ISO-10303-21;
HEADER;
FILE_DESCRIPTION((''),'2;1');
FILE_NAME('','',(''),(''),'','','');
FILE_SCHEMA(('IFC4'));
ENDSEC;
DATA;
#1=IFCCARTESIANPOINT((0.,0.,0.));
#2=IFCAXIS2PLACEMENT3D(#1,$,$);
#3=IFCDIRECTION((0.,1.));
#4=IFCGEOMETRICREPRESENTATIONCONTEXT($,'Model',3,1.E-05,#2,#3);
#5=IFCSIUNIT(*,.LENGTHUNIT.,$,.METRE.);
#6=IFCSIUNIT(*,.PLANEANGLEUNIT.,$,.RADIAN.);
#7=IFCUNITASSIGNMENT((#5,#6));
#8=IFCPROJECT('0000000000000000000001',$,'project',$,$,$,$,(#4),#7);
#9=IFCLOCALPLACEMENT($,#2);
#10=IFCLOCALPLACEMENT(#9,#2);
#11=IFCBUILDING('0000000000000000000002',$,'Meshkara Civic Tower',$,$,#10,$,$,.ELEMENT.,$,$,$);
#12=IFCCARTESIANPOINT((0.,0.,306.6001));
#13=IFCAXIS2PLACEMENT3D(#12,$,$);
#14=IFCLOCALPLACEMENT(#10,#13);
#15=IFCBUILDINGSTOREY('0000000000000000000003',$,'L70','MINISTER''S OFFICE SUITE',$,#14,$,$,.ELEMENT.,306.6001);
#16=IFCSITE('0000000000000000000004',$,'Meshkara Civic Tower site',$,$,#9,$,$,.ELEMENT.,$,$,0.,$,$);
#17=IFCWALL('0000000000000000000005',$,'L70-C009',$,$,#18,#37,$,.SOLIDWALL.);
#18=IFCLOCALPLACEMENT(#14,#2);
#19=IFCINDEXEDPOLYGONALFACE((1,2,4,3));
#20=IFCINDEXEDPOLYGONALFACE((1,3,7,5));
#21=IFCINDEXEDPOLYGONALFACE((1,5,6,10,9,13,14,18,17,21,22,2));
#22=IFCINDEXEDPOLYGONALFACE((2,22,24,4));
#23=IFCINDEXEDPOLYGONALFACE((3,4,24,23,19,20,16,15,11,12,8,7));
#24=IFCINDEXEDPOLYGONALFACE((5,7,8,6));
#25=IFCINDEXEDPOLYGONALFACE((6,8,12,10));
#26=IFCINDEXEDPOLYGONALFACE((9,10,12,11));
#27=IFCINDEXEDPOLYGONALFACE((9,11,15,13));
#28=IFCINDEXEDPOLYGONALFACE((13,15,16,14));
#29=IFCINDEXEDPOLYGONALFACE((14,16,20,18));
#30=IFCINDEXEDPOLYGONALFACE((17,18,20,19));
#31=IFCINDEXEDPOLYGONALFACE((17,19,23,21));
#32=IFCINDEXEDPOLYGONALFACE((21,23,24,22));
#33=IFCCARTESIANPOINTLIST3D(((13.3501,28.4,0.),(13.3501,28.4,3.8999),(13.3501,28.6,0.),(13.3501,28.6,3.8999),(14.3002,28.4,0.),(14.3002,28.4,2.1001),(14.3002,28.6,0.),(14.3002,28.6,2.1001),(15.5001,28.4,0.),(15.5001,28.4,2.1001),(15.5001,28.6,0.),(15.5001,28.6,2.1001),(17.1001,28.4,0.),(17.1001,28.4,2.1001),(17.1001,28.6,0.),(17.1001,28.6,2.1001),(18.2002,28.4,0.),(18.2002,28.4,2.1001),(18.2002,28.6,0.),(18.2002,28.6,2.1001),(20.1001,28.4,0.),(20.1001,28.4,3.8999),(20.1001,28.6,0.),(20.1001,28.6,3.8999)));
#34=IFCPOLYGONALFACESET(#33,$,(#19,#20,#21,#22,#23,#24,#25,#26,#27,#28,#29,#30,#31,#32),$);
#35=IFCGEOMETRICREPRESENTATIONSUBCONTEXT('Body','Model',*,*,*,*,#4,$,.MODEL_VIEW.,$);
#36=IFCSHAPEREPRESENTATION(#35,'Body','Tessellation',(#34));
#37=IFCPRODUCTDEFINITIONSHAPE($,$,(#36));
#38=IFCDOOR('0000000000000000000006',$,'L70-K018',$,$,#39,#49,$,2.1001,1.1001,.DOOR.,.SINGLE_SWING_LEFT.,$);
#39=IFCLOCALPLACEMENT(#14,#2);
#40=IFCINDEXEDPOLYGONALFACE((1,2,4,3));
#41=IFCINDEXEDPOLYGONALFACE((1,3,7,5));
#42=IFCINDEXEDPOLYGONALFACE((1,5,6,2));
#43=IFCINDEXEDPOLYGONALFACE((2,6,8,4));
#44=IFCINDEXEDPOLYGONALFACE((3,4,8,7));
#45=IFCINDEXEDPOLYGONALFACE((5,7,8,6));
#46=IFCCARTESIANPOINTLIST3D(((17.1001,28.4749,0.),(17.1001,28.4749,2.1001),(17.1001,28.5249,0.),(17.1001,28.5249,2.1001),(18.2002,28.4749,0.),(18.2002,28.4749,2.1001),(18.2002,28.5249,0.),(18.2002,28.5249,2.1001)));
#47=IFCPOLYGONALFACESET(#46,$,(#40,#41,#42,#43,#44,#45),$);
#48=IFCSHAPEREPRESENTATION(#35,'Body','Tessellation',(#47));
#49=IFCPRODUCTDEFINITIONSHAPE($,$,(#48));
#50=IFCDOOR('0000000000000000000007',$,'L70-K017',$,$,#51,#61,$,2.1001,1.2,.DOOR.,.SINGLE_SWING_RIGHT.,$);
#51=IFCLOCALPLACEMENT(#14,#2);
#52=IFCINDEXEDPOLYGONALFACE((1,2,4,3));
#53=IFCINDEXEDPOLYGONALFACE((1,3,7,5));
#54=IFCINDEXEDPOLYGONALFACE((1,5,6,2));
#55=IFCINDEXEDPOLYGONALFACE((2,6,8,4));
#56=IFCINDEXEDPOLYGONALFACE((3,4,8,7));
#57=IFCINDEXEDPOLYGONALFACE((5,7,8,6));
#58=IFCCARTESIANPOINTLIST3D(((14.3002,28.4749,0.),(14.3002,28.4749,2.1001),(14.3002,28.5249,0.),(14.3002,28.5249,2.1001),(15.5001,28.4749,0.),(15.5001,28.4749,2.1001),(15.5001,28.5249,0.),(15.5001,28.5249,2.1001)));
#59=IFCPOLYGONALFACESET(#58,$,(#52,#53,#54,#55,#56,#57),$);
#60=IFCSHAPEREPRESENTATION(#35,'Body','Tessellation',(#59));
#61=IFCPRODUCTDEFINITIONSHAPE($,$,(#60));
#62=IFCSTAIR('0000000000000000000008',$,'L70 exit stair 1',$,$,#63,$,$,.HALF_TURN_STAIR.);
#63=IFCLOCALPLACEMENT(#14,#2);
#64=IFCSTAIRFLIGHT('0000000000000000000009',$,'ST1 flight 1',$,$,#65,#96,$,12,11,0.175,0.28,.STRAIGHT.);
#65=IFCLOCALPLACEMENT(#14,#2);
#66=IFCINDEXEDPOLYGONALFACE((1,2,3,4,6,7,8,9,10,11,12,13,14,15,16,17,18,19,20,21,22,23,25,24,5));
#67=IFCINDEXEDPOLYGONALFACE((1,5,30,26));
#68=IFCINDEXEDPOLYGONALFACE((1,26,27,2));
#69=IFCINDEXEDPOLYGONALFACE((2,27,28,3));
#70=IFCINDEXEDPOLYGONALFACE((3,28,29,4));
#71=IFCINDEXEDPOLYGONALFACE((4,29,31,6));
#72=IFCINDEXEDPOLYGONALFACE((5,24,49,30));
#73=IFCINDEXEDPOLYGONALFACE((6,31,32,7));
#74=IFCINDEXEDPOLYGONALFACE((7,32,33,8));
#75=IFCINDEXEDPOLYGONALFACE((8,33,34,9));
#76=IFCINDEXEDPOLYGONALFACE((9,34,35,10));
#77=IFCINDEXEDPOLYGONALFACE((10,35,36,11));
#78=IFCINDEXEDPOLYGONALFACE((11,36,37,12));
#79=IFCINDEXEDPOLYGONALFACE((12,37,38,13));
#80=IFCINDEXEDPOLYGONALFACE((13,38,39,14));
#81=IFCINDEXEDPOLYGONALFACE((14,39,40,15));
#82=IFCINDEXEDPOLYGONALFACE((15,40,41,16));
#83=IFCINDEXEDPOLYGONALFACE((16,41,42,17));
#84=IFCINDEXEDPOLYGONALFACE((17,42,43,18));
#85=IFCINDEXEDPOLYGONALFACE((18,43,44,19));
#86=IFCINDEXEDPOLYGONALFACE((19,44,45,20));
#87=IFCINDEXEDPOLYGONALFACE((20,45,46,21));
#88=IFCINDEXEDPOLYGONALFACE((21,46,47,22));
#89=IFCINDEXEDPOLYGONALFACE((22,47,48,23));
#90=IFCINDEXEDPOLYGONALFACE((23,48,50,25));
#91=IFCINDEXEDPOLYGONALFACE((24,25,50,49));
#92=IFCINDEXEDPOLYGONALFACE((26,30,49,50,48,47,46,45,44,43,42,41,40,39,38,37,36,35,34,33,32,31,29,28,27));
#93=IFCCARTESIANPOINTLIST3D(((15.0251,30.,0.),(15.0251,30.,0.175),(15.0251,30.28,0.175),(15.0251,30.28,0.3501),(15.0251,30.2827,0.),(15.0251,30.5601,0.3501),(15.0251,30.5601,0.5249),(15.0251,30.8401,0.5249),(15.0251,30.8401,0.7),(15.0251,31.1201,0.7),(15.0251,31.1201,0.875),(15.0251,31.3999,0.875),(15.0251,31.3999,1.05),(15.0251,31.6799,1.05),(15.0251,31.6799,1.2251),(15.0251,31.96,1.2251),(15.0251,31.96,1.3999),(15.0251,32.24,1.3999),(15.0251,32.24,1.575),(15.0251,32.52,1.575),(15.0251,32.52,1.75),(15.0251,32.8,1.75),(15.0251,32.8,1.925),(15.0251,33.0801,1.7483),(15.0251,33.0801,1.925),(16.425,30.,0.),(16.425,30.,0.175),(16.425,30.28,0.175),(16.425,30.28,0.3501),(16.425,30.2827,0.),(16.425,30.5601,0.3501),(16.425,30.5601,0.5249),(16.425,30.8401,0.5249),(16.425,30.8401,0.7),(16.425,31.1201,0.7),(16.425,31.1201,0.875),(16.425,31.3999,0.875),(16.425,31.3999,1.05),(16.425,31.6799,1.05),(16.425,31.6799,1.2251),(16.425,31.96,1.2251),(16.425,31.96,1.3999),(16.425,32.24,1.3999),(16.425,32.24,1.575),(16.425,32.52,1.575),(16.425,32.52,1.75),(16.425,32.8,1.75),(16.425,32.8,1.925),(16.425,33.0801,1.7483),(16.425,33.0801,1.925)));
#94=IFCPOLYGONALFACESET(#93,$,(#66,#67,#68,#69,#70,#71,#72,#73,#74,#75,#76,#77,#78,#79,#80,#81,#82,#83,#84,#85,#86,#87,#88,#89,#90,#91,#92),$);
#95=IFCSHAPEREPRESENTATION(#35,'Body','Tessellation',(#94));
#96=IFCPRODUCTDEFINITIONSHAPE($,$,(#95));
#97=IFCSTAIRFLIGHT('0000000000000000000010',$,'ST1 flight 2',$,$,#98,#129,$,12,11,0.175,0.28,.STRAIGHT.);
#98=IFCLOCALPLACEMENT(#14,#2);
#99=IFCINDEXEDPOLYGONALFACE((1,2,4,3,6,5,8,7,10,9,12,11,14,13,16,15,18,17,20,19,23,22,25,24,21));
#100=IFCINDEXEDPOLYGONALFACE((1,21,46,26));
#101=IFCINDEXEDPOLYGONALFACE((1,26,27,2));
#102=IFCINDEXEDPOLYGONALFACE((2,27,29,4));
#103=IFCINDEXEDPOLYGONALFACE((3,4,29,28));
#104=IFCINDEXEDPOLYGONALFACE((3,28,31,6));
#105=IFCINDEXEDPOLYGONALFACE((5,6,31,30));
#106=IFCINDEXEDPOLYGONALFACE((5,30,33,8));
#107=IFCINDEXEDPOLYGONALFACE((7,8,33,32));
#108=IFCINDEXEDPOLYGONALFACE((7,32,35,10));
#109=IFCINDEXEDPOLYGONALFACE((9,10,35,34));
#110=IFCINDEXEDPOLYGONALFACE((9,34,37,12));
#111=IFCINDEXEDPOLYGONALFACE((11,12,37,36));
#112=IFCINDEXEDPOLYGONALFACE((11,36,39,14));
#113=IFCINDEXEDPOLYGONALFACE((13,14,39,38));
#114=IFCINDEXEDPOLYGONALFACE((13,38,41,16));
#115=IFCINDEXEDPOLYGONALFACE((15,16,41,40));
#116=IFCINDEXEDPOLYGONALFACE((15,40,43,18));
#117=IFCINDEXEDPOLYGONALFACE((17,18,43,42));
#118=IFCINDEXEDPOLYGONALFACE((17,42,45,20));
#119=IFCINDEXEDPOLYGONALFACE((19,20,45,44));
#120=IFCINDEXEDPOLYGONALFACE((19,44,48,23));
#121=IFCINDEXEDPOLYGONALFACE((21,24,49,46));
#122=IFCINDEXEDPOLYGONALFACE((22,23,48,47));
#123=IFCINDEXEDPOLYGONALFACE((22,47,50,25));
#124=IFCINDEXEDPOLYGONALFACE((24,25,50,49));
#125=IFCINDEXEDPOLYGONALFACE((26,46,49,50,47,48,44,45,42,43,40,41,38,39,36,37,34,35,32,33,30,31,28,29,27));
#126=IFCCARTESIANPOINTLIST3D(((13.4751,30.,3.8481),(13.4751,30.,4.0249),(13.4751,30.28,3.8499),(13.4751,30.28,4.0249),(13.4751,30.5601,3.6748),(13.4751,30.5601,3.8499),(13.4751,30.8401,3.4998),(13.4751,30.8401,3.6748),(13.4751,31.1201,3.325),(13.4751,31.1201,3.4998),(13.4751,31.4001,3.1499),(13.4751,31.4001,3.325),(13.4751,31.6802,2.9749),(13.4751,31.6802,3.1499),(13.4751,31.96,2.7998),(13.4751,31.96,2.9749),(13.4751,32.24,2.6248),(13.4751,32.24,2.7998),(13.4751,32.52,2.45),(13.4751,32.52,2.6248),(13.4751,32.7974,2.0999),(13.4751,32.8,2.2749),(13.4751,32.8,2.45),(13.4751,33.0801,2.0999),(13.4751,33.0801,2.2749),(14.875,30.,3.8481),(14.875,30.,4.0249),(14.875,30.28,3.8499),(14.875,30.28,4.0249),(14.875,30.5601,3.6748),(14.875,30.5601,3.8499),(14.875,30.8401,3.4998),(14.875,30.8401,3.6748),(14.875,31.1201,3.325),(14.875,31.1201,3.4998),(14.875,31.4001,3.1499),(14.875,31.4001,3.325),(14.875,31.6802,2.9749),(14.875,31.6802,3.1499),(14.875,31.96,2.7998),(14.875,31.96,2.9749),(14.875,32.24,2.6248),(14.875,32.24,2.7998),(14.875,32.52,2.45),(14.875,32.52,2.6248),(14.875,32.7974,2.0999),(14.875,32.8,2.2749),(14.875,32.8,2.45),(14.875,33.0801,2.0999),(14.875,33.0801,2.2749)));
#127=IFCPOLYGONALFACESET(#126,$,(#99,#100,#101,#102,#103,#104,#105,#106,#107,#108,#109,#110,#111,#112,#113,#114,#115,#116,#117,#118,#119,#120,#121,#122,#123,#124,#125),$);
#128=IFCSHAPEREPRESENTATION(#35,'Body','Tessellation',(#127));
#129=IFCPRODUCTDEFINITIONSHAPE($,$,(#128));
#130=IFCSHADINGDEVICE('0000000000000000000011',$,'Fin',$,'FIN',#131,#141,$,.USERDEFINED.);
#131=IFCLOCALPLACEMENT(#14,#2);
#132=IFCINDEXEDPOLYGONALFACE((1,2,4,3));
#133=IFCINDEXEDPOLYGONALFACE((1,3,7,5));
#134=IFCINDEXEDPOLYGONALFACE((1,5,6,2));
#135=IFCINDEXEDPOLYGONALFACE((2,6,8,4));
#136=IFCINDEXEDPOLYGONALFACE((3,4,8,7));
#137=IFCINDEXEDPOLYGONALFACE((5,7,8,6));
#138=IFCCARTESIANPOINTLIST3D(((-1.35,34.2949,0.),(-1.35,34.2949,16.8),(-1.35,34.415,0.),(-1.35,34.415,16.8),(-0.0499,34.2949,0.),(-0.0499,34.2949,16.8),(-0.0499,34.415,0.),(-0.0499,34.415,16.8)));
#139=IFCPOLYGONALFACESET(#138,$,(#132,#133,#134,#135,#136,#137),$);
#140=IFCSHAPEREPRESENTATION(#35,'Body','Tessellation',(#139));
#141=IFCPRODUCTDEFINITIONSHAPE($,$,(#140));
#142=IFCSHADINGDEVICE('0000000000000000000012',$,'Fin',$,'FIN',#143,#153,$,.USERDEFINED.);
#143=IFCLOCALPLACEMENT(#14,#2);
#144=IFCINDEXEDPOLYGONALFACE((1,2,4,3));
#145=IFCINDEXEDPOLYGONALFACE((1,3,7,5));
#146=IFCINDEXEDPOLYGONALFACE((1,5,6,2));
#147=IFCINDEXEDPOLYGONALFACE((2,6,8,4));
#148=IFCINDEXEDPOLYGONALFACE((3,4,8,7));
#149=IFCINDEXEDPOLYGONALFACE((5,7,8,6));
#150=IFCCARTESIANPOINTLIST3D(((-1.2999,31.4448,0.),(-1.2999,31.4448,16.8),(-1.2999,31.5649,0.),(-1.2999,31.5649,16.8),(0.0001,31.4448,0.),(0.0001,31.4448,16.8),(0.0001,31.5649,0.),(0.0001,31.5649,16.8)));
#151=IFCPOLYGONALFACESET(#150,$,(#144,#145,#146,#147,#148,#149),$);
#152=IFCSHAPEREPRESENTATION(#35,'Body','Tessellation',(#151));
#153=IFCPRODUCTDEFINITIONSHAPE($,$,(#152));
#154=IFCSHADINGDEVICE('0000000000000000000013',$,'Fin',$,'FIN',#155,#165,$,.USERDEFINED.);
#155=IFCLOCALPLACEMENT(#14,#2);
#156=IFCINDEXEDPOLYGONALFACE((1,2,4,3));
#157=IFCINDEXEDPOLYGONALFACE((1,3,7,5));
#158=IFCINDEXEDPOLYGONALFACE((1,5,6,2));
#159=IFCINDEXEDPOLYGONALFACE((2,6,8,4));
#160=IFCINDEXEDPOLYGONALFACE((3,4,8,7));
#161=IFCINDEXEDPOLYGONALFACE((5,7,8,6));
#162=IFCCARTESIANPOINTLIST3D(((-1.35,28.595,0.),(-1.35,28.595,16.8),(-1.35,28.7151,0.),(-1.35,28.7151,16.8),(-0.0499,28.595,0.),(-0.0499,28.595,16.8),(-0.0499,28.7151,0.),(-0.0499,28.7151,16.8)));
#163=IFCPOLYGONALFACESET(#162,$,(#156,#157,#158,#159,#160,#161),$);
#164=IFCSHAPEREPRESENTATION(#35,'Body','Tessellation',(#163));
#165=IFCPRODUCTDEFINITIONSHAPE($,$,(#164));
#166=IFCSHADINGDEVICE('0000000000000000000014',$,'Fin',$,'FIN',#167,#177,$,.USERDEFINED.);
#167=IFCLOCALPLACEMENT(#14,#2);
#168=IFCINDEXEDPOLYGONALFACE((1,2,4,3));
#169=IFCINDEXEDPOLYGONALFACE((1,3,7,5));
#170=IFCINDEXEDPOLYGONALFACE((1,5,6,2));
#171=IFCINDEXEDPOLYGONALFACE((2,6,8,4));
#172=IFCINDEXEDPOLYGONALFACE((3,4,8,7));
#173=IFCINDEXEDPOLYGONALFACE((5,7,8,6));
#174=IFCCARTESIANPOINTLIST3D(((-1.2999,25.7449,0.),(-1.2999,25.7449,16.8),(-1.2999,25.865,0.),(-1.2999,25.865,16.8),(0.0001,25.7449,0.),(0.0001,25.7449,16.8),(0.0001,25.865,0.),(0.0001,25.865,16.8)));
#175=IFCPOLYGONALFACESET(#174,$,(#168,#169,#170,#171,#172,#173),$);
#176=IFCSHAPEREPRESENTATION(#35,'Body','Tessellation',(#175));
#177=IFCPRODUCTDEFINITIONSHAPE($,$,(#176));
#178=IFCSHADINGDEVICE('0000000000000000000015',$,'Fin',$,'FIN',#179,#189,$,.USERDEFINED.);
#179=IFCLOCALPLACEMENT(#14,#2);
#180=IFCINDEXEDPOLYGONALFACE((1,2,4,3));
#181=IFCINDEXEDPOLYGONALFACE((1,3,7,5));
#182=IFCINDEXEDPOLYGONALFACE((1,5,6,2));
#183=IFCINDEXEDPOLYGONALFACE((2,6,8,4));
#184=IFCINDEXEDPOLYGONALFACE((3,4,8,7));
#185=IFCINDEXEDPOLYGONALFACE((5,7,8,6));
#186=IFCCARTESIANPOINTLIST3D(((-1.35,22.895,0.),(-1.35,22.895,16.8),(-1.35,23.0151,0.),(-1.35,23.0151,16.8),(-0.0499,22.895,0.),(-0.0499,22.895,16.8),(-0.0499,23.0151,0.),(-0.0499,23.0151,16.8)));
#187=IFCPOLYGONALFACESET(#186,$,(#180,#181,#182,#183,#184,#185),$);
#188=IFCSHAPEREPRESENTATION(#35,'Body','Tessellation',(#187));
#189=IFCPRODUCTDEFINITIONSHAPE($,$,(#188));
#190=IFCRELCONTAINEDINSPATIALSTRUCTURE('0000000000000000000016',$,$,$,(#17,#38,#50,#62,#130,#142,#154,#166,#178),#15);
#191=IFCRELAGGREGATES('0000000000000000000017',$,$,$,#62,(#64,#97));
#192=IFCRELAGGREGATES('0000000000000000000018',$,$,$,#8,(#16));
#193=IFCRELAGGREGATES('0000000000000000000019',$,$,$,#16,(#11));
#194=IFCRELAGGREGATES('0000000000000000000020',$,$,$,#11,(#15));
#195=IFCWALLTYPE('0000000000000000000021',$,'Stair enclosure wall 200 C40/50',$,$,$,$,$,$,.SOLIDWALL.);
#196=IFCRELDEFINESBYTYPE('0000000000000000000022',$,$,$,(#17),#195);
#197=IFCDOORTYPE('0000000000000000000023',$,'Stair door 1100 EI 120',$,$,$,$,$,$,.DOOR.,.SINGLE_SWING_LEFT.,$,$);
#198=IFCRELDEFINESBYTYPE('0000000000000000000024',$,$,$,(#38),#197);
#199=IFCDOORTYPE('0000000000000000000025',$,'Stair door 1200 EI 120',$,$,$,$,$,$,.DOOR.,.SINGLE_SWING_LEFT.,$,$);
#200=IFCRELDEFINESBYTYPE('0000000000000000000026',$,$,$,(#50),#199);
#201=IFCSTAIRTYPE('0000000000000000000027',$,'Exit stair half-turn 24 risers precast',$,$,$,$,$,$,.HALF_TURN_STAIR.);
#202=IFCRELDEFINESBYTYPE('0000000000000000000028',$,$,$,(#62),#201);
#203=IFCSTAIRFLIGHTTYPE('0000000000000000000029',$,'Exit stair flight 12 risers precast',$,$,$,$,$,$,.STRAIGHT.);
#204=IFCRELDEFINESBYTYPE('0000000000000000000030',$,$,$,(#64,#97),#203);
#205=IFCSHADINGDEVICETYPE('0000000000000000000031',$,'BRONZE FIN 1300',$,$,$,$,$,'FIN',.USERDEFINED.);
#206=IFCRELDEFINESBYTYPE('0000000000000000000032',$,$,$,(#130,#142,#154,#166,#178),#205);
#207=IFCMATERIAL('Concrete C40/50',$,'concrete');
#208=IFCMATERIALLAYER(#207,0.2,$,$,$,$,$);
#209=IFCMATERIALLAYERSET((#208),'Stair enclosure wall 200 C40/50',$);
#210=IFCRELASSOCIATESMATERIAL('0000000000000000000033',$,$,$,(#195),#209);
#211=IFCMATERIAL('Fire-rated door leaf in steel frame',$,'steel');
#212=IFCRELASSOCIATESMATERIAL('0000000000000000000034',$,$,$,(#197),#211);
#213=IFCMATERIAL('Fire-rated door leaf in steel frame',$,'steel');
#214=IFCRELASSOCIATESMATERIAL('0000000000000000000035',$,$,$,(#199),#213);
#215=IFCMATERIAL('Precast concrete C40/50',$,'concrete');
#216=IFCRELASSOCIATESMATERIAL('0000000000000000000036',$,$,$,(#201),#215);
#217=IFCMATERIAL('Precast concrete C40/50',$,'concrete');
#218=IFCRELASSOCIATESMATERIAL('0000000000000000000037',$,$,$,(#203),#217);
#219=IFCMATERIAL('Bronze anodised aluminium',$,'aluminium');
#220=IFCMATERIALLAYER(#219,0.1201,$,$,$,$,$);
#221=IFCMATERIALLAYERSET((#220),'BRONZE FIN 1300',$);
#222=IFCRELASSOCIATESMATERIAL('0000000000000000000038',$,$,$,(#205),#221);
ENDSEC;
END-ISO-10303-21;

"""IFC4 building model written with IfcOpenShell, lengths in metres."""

from ifc_helpers import new_model, si_unit, direction, frame, frame_2d, origin, origin_2d, place, context, subcontext, project, spatial, polyline, rectangle, outline, extrude, material, layer, layer_set, type_object, element, fill, aggregate, save


model = new_model("IFC4")

# Units and contexts
model_context = context("Model", 3, precision=1e-05, world=origin(), true_north=direction((0.0, 1.0)))
body_context = subcontext(model_context, "Body", "Model", "MODEL_VIEW")
ifc_project = project(units=[si_unit("LENGTHUNIT", "METRE"), si_unit("PLANEANGLEUNIT", "RADIAN")], contexts=[model_context])

# Site, building, storey
site_placement = place(None, origin())
site = spatial("IfcSite", under=ifc_project, at=site_placement, Name="Meshkara Civic Tower site", CompositionType="ELEMENT", RefElevation=0.0)
building_placement = place(site_placement, origin())
building = spatial("IfcBuilding", under=site, at=building_placement, Name="Meshkara Civic Tower", CompositionType="ELEMENT")
storey_placement = place(building_placement, frame((0.0, 0.0, 306.6001)))
storey = spatial("IfcBuildingStorey", under=building, at=storey_placement, Name="L70", Description="MINISTER'S OFFICE SUITE", CompositionType="ELEMENT", Elevation=306.6001)

# Wall, openings, doors
ifc_material_1 = material(Name="Concrete C40/50", Category="concrete")
ifc_layer_1 = layer(ifc_material_1, 0.2)
ifc_layer_set_1 = layer_set([ifc_layer_1], Name="Stair enclosure wall 200 C40/50")
wall_type_1 = type_object("IfcWallType", Name="Stair enclosure wall 200 C40/50", PredefinedType="SOLIDWALL", material=ifc_layer_set_1)
wall_1_placement = place(storey_placement, frame((13.3501, 28.5, 0.0), z_axis=(0.0, 0.0, 1.0), x_axis=(1.0, 0.0, 0.0)))
wall_1 = element("IfcWall", 1, at=wall_1_placement, inside=storey, type_object=wall_type_1, Name="L70-C009", PredefinedType="SOLIDWALL", context=body_context, shape_type="SweptSolid", body=[
    extrude(rectangle(XDim=6.75, YDim=0.2, at=frame_2d((3.375, 0.0))), origin(), (0.0, 0.0, 1.0), 3.8999),
])
opening_1_placement = place(wall_1_placement, frame((0.95, 0.0, 0.0)))
opening_1 = element("IfcOpeningElement", 2, at=opening_1_placement, cuts=wall_1, PredefinedType="OPENING", context=body_context, shape_type="SweptSolid", body=[
    extrude(rectangle(XDim=1.2, YDim=2.1001, at=frame_2d((0.6001, 1.05))), frame((0.0, 0.1099, 0.0), z_axis=(0.0, -1.0, 0.0), x_axis=(1.0, 0.0, 0.0)), (0.0, 0.0, 1.0), 0.22),
])
opening_2_placement = place(wall_1_placement, frame((3.75, 0.0, 0.0)))
opening_2 = element("IfcOpeningElement", 3, at=opening_2_placement, cuts=wall_1, PredefinedType="OPENING", context=body_context, shape_type="SweptSolid", body=[
    extrude(rectangle(XDim=1.1001, YDim=2.1001, at=frame_2d((0.55, 1.05))), frame((0.0, 0.1099, 0.0), z_axis=(0.0, -1.0, 0.0), x_axis=(1.0, 0.0, 0.0)), (0.0, 0.0, 1.0), 0.22),
])
ifc_material_2 = material(Name="Fire-rated door leaf in steel frame", Category="steel")
door_type_1 = type_object("IfcDoorType", Name="Stair door 1100 EI 120", OperationType="SINGLE_SWING_LEFT", PredefinedType="DOOR", material=ifc_material_2)
door_1_placement = place(opening_2_placement, origin())
door_1 = element("IfcDoor", 4, at=door_1_placement, inside=storey, type_object=door_type_1, Name="L70-K018", OperationType="SINGLE_SWING_LEFT", OverallHeight=2.1001, OverallWidth=1.1001, PredefinedType="DOOR", context=body_context, shape_type="SweptSolid", body=[
    extrude(rectangle(XDim=1.1001, YDim=2.1001, at=frame_2d((0.55, 1.05))), frame((0.0, 0.0249, 0.0), z_axis=(0.0, -1.0, 0.0), x_axis=(1.0, 0.0, 0.0)), (0.0, 0.0, 1.0), 0.05),
])
fill(opening_2, door_1)
ifc_material_3 = material(Name="Fire-rated door leaf in steel frame", Category="steel")
door_type_2 = type_object("IfcDoorType", Name="Stair door 1200 EI 120", OperationType="SINGLE_SWING_LEFT", PredefinedType="DOOR", material=ifc_material_3)
door_2_placement = place(opening_1_placement, origin())
door_2 = element("IfcDoor", 5, at=door_2_placement, inside=storey, type_object=door_type_2, Name="L70-K017", OperationType="SINGLE_SWING_RIGHT", OverallHeight=2.1001, OverallWidth=1.2, PredefinedType="DOOR", context=body_context, shape_type="SweptSolid", body=[
    extrude(rectangle(XDim=1.2, YDim=2.1001, at=frame_2d((0.6001, 1.05))), frame((0.0, 0.0249, 0.0), z_axis=(0.0, -1.0, 0.0), x_axis=(1.0, 0.0, 0.0)), (0.0, 0.0, 1.0), 0.05),
])
fill(opening_1, door_2)

# Stair, stair flights
ifc_material_4 = material(Name="Precast concrete C40/50", Category="concrete")
stair_type = type_object("IfcStairType", Name="Exit stair half-turn 24 risers precast", PredefinedType="HALF_TURN_STAIR", material=ifc_material_4)
stair_placement = place(storey_placement, origin())
stair = element("IfcStair", 6, at=stair_placement, inside=storey, type_object=stair_type, Name="L70 exit stair 1", PredefinedType="HALF_TURN_STAIR")
ifc_material_5 = material(Name="Precast concrete C40/50", Category="concrete")
stair_flight_type = type_object("IfcStairFlightType", Name="Exit stair flight 12 risers precast", PredefinedType="STRAIGHT", material=ifc_material_5)
stair_flight_1_placement = place(storey_placement, frame((15.7251, 30.0, 0.0), z_axis=(0.0, 0.0, 1.0), x_axis=(0.0, 1.0, 0.0)))
stair_flight_1 = element("IfcStairFlight", 7, at=stair_flight_1_placement, type_object=stair_flight_type, Name="ST1 flight 1", NumberOfRisers=12, NumberOfTreads=11, PredefinedType="STRAIGHT", RiserHeight=0.175, TreadLength=0.28, context=body_context, shape_type="SweptSolid", body=[
    extrude(outline(polyline([(0.0, 0.0), (0.0, 0.175), (0.28, 0.175), (0.28, 0.3501), (0.5601, 0.3501), (0.5601, 0.5249), (0.8401, 0.5249), (0.8401, 0.7), (1.1201, 0.7), (1.1201, 0.875), (1.3999, 0.875), (1.3999, 1.05), (1.6799, 1.05), (1.6799, 1.2251), (1.96, 1.2251), (1.96, 1.3999), (2.24, 1.3999), (2.24, 1.575), (2.52, 1.575), (2.52, 1.75), (2.8, 1.75), (2.8, 1.925), (3.0801, 1.925), (3.0801, 2.1001), (3.0801, 1.7483), (0.2827, 0.0), (0.0, 0.0)])), frame((0.0, 0.7, 0.0), z_axis=(0.0, -1.0, 0.0), x_axis=(1.0, 0.0, 0.0)), (0.0, 0.0, 1.0), 1.3999),
])
stair_flight_2_placement = place(storey_placement, frame((14.175, 33.0801, 2.0999), z_axis=(0.0, 0.0, 1.0), x_axis=(0.0, -1.0, 0.0)))
stair_flight_2 = element("IfcStairFlight", 8, at=stair_flight_2_placement, type_object=stair_flight_type, Name="ST1 flight 2", NumberOfRisers=12, NumberOfTreads=11, PredefinedType="STRAIGHT", RiserHeight=0.175, TreadLength=0.28, context=body_context, shape_type="SweptSolid", body=[
    extrude(outline(polyline([(0.0, 0.0), (0.0, 0.175), (0.28, 0.175), (0.28, 0.3501), (0.5601, 0.3501), (0.5601, 0.5249), (0.8401, 0.5249), (0.8401, 0.7), (1.1201, 0.7), (1.1201, 0.875), (1.3999, 0.875), (1.3999, 1.05), (1.6799, 1.05), (1.6799, 1.2251), (1.96, 1.2251), (1.96, 1.3999), (2.24, 1.3999), (2.24, 1.575), (2.52, 1.575), (2.52, 1.75), (2.8, 1.75), (2.8, 1.925), (3.0801, 1.925), (3.0801, 2.1001), (3.0801, 1.7483), (0.2827, 0.0), (0.0, 0.0)])), frame((0.0, 0.7, 0.0), z_axis=(0.0, -1.0, 0.0), x_axis=(1.0, 0.0, 0.0)), (0.0, 0.0, 1.0), 1.3999),
])
aggregate(stair, [stair_flight_1, stair_flight_2])

# Shading devices
ifc_material_6 = material(Name="Bronze anodised aluminium", Category="aluminium")
ifc_layer_2 = layer(ifc_material_6, 0.1201)
ifc_layer_set_2 = layer_set([ifc_layer_2], Name="BRONZE FIN 1300")
shading_device_type = type_object("IfcShadingDeviceType", Name="BRONZE FIN 1300", ElementType="FIN", PredefinedType="USERDEFINED", material=ifc_layer_set_2)
for number, where, z_axis, x_axis, name in (
    (9, (-0.7, 34.355, 0.0), (0.0, 0.0, 1.0), (0.0, -1.0, 0.0), "Fin"),
    (10, (-0.6499, 31.5049, 0.0), (0.0, 0.0, 1.0), (0.0, -1.0, 0.0), "Fin"),
    (11, (-0.7, 28.655, 0.0), (0.0, 0.0, 1.0), (0.0, -1.0, 0.0), "Fin"),
    (12, (-0.6499, 25.8049, 0.0), (0.0, 0.0, 1.0), (0.0, -1.0, 0.0), "Fin"),
    (13, (-0.7, 22.9551, 0.0), (0.0, 0.0, 1.0), (0.0, -1.0, 0.0), "Fin"),
):
    element("IfcShadingDevice", number, at=place(storey_placement, frame(where, z_axis=z_axis, x_axis=x_axis)), inside=storey, type_object=shading_device_type, Name=name, ObjectType="FIN", PredefinedType="USERDEFINED", context=body_context, shape_type="SweptSolid", body=[
        extrude(rectangle(XDim=0.1201, YDim=1.3, at=origin_2d()), origin(), (0.0, 0.0, 1.0), 16.8),
    ])

save(model, "model.ifc")
